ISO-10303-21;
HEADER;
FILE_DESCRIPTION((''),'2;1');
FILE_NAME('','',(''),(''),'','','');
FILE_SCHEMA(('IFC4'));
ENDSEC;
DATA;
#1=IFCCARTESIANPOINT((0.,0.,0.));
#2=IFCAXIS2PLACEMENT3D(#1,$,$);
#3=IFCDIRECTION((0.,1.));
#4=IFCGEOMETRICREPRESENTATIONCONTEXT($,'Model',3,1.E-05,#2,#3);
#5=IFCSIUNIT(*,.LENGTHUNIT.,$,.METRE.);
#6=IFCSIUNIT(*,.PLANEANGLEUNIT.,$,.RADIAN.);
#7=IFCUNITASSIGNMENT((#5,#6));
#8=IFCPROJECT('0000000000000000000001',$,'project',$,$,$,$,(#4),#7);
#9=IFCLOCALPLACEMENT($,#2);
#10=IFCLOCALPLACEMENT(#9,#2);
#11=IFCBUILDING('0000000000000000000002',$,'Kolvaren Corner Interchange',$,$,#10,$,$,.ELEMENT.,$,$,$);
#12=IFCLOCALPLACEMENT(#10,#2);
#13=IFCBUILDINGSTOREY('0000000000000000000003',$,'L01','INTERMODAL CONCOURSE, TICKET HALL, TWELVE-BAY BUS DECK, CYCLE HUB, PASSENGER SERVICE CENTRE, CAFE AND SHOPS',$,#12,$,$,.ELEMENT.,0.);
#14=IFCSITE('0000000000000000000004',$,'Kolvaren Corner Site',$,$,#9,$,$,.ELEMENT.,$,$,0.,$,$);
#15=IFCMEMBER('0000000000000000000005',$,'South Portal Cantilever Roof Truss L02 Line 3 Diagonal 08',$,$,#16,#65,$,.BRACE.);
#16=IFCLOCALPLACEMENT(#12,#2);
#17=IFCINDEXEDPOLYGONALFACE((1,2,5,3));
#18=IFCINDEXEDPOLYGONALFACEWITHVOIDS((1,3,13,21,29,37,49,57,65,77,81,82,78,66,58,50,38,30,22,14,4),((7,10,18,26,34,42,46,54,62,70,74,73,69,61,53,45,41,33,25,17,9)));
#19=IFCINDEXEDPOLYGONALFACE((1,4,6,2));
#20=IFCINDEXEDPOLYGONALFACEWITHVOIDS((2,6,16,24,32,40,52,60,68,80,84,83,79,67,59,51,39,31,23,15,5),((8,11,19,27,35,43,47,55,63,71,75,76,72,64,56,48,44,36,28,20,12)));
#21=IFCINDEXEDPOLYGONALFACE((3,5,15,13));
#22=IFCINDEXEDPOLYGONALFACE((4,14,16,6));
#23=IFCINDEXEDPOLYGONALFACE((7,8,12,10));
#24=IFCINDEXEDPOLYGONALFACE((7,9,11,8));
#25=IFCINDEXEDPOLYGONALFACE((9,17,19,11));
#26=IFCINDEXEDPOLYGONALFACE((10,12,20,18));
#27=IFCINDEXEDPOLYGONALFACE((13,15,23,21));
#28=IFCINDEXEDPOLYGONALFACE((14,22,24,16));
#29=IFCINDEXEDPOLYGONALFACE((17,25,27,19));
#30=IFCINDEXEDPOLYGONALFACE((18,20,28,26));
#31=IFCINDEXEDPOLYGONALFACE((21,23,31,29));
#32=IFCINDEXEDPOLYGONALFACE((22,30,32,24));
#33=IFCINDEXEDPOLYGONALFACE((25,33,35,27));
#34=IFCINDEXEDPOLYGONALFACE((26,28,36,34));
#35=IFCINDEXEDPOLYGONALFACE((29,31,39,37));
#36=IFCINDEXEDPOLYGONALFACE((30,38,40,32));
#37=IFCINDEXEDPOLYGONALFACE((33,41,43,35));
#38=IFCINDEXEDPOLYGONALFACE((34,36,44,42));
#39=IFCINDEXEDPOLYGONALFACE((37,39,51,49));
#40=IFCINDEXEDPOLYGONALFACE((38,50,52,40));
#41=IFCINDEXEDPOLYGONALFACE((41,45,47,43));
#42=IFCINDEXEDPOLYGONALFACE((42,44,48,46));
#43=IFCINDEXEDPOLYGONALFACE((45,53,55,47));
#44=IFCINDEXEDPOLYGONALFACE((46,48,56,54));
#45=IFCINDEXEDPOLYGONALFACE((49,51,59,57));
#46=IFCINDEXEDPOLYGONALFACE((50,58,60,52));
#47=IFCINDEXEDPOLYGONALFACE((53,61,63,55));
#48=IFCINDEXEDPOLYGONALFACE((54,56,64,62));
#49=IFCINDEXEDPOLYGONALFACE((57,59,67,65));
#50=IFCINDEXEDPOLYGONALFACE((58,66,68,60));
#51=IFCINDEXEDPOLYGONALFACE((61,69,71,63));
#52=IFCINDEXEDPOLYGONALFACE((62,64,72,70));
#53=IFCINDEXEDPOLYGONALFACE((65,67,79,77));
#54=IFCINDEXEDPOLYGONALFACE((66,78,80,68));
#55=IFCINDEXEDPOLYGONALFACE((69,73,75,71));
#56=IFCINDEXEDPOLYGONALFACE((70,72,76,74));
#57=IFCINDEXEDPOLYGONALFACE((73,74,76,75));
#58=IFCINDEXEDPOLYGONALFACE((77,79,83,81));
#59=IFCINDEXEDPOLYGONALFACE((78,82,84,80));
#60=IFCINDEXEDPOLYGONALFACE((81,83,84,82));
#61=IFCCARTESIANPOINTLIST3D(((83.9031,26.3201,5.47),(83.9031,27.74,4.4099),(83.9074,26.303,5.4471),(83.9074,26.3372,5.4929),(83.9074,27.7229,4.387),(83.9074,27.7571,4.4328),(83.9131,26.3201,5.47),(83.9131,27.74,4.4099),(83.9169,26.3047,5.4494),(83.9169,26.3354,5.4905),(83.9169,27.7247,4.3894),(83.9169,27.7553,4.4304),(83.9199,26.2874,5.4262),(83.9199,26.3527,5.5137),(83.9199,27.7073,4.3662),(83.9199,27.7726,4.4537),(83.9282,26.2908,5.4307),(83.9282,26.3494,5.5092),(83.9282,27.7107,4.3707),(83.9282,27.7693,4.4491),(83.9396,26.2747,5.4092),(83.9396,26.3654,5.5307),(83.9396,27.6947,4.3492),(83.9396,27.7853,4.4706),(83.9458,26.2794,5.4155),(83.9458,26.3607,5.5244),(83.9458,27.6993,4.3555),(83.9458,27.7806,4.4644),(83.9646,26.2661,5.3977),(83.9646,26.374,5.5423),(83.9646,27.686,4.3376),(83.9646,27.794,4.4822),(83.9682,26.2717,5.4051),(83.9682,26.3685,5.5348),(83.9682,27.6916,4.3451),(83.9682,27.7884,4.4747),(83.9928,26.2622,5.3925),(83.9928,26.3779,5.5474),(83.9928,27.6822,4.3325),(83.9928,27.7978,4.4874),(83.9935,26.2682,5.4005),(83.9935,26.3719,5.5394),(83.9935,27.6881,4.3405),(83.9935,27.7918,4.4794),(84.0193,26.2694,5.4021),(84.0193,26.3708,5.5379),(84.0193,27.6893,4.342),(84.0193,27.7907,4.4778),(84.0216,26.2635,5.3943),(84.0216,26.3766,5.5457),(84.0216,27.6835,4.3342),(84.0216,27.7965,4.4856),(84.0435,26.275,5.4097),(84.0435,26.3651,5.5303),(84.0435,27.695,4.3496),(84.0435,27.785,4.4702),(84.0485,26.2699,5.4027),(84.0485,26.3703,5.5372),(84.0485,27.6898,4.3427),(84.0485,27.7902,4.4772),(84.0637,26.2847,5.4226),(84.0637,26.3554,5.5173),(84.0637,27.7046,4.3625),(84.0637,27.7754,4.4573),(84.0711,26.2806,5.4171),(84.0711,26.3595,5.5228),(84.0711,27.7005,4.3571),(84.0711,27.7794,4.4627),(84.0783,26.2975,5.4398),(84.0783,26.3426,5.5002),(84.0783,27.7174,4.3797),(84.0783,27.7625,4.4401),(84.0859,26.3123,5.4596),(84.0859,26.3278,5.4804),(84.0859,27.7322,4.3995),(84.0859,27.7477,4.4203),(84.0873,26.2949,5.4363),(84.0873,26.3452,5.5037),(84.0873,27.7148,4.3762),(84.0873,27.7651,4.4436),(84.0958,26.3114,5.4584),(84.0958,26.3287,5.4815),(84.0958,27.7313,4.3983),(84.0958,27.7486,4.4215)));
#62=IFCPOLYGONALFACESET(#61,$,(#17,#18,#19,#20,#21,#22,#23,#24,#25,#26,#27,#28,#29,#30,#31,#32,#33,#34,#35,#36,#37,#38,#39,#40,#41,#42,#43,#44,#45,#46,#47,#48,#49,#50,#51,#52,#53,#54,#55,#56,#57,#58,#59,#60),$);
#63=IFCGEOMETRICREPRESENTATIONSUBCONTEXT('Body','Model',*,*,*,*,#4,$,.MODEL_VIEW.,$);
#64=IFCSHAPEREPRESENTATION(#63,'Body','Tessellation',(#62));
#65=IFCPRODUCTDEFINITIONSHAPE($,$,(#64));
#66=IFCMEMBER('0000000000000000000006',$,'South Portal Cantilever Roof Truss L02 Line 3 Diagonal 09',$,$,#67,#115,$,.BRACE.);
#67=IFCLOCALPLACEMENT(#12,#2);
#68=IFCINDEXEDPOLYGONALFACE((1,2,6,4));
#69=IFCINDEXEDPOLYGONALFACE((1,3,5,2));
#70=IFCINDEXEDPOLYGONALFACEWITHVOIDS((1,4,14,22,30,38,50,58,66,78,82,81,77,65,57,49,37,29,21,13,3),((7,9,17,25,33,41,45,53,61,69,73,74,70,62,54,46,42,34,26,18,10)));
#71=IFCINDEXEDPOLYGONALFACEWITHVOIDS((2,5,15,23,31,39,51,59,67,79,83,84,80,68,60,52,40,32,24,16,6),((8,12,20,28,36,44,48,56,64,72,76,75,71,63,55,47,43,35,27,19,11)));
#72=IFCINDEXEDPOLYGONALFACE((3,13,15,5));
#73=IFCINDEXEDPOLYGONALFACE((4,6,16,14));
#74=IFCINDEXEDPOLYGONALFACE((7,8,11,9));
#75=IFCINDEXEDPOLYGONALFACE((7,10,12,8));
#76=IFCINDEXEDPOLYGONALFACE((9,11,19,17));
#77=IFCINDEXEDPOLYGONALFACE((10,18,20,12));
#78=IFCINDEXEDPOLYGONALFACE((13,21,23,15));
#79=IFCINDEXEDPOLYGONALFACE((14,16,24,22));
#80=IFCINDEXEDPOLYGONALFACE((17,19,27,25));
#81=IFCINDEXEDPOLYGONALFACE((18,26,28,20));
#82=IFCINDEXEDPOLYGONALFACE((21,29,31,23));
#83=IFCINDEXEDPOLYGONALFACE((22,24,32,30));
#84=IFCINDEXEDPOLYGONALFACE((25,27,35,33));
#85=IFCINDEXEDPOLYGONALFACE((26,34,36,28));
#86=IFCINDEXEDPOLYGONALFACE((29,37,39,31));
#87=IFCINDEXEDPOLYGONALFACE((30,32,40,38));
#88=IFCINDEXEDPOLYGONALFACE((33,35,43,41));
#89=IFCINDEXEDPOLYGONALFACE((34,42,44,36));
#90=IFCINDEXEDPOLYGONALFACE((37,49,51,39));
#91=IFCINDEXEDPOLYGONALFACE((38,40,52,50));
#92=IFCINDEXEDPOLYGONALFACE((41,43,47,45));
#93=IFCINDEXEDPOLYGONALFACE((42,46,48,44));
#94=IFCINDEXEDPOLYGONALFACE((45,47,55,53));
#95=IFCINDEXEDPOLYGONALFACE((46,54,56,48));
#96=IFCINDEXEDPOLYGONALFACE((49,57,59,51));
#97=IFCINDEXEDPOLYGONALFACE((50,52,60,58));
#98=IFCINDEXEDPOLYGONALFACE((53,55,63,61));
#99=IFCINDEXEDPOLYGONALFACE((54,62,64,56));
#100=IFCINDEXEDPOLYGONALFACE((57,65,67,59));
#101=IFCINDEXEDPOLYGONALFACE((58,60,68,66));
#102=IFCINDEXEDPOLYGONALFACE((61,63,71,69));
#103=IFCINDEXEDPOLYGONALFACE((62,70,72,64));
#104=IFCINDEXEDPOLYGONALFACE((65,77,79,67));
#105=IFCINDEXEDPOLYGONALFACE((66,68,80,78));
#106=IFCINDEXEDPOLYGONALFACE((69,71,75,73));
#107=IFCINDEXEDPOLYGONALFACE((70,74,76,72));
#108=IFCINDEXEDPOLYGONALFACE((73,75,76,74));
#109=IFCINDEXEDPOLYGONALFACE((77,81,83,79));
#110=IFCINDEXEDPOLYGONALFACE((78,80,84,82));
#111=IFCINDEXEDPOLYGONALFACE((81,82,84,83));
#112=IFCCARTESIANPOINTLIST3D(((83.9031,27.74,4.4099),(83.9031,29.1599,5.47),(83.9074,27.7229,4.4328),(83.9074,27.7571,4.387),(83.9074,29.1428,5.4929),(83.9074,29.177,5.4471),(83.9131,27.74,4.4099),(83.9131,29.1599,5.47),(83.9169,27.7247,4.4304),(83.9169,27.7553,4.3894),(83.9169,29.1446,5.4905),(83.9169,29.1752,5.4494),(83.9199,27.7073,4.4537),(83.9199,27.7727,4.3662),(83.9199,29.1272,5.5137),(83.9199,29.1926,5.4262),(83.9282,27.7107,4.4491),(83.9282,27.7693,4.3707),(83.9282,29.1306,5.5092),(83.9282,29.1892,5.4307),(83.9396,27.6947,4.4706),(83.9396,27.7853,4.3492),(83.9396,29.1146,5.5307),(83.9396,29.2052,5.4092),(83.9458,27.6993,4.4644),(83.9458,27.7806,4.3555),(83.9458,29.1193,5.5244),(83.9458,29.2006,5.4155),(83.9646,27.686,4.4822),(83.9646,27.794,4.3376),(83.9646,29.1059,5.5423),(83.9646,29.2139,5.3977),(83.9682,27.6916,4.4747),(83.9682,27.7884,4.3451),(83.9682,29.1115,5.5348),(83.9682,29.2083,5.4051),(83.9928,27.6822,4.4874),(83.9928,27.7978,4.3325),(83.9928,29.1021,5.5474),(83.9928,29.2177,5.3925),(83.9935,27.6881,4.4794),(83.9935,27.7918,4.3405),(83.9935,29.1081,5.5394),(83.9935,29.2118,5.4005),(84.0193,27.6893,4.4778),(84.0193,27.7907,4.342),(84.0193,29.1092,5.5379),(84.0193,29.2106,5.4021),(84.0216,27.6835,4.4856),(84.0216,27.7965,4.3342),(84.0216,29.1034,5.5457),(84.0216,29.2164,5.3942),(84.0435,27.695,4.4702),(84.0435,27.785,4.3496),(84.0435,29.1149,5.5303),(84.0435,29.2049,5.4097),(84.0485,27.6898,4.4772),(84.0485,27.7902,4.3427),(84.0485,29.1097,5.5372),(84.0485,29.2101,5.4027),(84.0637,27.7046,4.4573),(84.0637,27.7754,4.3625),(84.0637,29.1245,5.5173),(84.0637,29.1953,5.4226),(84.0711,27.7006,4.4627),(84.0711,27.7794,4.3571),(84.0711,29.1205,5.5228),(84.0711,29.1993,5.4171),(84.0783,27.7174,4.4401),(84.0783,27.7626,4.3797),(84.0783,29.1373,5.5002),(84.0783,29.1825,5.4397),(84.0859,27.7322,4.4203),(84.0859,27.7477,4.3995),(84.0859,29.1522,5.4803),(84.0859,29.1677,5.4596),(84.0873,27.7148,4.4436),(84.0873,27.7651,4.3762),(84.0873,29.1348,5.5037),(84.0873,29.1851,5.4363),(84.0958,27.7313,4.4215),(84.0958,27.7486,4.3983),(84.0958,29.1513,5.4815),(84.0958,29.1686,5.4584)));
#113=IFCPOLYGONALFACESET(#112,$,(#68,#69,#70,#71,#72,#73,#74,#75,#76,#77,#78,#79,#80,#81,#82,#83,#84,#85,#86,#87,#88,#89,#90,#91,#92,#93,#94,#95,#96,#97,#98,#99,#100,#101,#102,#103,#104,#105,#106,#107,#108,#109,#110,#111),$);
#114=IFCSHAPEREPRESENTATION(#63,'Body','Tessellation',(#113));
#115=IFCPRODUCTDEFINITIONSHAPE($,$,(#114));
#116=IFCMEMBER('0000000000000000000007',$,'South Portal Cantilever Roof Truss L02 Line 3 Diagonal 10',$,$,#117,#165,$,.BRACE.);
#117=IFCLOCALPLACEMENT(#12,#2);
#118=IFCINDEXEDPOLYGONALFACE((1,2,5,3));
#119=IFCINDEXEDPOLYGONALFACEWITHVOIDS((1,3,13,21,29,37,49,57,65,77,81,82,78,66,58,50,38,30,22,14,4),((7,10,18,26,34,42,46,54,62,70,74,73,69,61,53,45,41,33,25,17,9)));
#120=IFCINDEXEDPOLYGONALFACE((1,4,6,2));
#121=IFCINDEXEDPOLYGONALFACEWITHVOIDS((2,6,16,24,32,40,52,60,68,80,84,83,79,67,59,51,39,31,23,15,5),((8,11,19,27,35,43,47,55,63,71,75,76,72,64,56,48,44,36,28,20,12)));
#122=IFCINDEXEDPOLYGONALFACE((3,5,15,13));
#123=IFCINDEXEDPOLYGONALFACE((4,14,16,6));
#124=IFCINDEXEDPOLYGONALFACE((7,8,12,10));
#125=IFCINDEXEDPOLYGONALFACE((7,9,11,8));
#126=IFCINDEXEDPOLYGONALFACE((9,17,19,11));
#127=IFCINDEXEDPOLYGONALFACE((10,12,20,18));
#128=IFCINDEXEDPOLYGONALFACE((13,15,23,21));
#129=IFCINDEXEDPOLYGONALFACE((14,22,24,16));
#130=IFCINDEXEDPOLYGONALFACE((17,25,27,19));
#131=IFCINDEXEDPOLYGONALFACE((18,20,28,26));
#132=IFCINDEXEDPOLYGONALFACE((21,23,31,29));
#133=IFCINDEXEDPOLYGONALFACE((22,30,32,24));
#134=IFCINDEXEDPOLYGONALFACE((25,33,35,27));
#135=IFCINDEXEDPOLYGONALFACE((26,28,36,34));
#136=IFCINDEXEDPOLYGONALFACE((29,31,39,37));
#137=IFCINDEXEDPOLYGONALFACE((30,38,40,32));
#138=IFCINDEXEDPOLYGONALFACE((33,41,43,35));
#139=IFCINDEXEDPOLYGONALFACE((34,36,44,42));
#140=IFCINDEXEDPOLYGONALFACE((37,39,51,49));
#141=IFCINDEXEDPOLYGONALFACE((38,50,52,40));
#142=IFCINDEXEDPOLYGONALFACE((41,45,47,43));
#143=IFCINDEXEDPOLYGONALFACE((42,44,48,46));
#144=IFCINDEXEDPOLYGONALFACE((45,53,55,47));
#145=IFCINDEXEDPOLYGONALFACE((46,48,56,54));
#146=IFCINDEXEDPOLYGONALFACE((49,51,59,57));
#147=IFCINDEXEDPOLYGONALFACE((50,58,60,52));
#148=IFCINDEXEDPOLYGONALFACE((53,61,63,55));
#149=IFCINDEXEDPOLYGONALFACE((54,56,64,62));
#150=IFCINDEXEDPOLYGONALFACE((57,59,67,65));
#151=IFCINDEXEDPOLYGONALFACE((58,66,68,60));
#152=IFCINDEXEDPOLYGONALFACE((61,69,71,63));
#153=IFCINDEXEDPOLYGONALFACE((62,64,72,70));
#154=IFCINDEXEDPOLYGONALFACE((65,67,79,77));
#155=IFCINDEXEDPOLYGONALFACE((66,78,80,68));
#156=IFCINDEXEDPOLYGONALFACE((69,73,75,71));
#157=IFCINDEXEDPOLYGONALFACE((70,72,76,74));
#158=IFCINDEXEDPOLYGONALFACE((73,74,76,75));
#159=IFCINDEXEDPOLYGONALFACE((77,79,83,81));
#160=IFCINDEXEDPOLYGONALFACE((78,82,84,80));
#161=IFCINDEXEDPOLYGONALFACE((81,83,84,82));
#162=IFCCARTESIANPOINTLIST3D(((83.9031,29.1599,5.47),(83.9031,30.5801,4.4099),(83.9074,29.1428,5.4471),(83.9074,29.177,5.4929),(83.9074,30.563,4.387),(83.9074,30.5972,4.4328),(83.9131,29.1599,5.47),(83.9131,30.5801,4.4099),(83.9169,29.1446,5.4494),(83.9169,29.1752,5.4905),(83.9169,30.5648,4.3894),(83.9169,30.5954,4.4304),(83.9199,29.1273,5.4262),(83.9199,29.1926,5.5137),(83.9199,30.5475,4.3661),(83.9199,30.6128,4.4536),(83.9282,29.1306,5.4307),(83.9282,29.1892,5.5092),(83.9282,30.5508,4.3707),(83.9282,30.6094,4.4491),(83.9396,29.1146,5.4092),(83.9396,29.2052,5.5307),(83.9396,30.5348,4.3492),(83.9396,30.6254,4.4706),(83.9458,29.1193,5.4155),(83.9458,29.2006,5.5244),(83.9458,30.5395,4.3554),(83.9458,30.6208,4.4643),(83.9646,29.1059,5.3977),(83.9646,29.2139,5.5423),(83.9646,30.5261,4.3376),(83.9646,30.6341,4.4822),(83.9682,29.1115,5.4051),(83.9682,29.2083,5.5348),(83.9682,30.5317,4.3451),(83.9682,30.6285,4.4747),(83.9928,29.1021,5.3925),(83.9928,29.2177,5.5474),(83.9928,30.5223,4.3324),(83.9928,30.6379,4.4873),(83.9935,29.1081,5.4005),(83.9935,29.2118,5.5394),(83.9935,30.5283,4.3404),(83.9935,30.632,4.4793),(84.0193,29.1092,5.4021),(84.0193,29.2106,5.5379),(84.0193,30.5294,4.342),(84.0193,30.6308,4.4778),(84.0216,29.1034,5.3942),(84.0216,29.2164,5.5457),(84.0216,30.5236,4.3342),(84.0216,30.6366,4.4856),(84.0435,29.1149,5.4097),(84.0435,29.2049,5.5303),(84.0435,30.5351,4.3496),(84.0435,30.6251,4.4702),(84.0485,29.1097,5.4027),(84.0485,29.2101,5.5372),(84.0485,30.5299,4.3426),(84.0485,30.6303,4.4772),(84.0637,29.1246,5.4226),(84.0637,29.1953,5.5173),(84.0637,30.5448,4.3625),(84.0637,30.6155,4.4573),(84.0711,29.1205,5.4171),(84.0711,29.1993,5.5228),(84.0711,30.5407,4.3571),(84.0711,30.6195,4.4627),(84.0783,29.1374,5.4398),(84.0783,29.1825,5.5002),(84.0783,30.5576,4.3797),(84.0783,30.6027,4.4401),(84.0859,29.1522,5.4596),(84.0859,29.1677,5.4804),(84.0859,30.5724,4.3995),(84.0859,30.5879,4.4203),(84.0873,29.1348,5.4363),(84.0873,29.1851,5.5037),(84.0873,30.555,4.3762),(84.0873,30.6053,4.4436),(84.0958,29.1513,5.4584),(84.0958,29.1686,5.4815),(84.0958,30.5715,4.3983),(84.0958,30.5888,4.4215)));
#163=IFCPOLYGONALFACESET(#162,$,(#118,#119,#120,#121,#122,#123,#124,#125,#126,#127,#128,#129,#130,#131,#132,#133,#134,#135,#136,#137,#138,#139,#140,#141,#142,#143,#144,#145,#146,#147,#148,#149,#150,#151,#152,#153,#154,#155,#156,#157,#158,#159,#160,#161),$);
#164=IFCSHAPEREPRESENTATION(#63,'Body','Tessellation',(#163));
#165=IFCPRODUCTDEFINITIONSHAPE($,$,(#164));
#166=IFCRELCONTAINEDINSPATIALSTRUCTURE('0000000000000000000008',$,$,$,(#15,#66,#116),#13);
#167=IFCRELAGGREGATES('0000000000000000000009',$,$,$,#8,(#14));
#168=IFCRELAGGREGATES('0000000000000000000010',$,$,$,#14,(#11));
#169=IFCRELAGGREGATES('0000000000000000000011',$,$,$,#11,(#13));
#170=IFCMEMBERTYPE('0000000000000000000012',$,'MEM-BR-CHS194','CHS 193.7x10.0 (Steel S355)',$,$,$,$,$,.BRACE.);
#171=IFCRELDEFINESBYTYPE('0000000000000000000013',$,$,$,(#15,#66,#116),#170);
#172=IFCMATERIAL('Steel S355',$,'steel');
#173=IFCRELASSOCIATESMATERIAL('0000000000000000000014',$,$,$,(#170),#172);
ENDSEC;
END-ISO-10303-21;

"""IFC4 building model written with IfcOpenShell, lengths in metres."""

from ifc_helpers import new_model, si_unit, direction, frame, origin, origin_2d, place, context, subcontext, project, spatial, hollow_circle, extrude, material, material_profile, profile_set, type_object, element, save


model = new_model("IFC4")

# Units and contexts
model_context = context("Model", 3, precision=1e-05, world=origin(), true_north=direction((0.0, 1.0)))
body_context = subcontext(model_context, "Body", "Model", "MODEL_VIEW")
ifc_project = project(units=[si_unit("LENGTHUNIT", "METRE"), si_unit("PLANEANGLEUNIT", "RADIAN")], contexts=[model_context])

# Site, building, storey
site_placement = place(None, origin())
site = spatial("IfcSite", under=ifc_project, at=site_placement, Name="Kolvaren Corner Site", CompositionType="ELEMENT", RefElevation=0.0)
building_placement = place(site_placement, origin())
building = spatial("IfcBuilding", under=site, at=building_placement, Name="Kolvaren Corner Interchange", CompositionType="ELEMENT")
storey_placement = place(building_placement, origin())
storey = spatial("IfcBuildingStorey", under=building, at=storey_placement, Name="L01", Description="INTERMODAL CONCOURSE, TICKET HALL, TWELVE-BAY BUS DECK, CYCLE HUB, PASSENGER SERVICE CENTRE, CAFE AND SHOPS", CompositionType="ELEMENT", Elevation=0.0)

# Members
ifc_material_1 = material(Name="Steel S355", Category="steel")
ifc_material_profile_1 = material_profile(ifc_material_1, hollow_circle(Radius=0.0969, WallThickness=0.01, at=origin_2d()), Name="CHS 193.7x10.0")
ifc_profile_set_1 = profile_set([ifc_material_profile_1], Name="Steel S355")
member_type_1 = type_object("IfcMemberType", Name="MEM-BR-CHS194", Description="CHS 193.7x10.0 (Steel S355)", PredefinedType="BRACE", material=ifc_profile_set_1)
for number, where, z_axis, x_axis, name in (
    (1, (84.0, 26.3201, 5.47), (0.0, 0.801321, -0.598235), (-1.0, 0.0, 0.0), "South Portal Cantilever Roof Truss L02 Line 3 Diagonal 08"),
    (2, (84.0, 27.74, 4.4099), (0.0, 0.801321, 0.598235), (-1.0, 0.0, 0.0), "South Portal Cantilever Roof Truss L02 Line 3 Diagonal 09"),
):
    element("IfcMember", number, at=place(storey_placement, frame(where, z_axis=z_axis, x_axis=x_axis)), inside=storey, type_object=member_type_1, Name=name, PredefinedType="BRACE", context=body_context, shape_type="SweptSolid", body=[
        extrude(hollow_circle(Radius=0.0969, WallThickness=0.01, at=origin_2d()), origin(), (0.0, 0.0, 1.0), 1.772),
    ])
member_1_placement = place(storey_placement, frame((84.0, 29.1599, 5.47), z_axis=(0.0, 0.80137, -0.598169), x_axis=(-1.0, 0.0, 0.0)))
element("IfcMember", 3, at=member_1_placement, inside=storey, type_object=member_type_1, Name="South Portal Cantilever Roof Truss L02 Line 3 Diagonal 10", PredefinedType="BRACE", context=body_context, shape_type="SweptSolid", body=[
    extrude(hollow_circle(Radius=0.0969, WallThickness=0.01, at=origin_2d()), origin(), (0.0, 0.0, 1.0), 1.7722),
])

save(model, "model.ifc")
